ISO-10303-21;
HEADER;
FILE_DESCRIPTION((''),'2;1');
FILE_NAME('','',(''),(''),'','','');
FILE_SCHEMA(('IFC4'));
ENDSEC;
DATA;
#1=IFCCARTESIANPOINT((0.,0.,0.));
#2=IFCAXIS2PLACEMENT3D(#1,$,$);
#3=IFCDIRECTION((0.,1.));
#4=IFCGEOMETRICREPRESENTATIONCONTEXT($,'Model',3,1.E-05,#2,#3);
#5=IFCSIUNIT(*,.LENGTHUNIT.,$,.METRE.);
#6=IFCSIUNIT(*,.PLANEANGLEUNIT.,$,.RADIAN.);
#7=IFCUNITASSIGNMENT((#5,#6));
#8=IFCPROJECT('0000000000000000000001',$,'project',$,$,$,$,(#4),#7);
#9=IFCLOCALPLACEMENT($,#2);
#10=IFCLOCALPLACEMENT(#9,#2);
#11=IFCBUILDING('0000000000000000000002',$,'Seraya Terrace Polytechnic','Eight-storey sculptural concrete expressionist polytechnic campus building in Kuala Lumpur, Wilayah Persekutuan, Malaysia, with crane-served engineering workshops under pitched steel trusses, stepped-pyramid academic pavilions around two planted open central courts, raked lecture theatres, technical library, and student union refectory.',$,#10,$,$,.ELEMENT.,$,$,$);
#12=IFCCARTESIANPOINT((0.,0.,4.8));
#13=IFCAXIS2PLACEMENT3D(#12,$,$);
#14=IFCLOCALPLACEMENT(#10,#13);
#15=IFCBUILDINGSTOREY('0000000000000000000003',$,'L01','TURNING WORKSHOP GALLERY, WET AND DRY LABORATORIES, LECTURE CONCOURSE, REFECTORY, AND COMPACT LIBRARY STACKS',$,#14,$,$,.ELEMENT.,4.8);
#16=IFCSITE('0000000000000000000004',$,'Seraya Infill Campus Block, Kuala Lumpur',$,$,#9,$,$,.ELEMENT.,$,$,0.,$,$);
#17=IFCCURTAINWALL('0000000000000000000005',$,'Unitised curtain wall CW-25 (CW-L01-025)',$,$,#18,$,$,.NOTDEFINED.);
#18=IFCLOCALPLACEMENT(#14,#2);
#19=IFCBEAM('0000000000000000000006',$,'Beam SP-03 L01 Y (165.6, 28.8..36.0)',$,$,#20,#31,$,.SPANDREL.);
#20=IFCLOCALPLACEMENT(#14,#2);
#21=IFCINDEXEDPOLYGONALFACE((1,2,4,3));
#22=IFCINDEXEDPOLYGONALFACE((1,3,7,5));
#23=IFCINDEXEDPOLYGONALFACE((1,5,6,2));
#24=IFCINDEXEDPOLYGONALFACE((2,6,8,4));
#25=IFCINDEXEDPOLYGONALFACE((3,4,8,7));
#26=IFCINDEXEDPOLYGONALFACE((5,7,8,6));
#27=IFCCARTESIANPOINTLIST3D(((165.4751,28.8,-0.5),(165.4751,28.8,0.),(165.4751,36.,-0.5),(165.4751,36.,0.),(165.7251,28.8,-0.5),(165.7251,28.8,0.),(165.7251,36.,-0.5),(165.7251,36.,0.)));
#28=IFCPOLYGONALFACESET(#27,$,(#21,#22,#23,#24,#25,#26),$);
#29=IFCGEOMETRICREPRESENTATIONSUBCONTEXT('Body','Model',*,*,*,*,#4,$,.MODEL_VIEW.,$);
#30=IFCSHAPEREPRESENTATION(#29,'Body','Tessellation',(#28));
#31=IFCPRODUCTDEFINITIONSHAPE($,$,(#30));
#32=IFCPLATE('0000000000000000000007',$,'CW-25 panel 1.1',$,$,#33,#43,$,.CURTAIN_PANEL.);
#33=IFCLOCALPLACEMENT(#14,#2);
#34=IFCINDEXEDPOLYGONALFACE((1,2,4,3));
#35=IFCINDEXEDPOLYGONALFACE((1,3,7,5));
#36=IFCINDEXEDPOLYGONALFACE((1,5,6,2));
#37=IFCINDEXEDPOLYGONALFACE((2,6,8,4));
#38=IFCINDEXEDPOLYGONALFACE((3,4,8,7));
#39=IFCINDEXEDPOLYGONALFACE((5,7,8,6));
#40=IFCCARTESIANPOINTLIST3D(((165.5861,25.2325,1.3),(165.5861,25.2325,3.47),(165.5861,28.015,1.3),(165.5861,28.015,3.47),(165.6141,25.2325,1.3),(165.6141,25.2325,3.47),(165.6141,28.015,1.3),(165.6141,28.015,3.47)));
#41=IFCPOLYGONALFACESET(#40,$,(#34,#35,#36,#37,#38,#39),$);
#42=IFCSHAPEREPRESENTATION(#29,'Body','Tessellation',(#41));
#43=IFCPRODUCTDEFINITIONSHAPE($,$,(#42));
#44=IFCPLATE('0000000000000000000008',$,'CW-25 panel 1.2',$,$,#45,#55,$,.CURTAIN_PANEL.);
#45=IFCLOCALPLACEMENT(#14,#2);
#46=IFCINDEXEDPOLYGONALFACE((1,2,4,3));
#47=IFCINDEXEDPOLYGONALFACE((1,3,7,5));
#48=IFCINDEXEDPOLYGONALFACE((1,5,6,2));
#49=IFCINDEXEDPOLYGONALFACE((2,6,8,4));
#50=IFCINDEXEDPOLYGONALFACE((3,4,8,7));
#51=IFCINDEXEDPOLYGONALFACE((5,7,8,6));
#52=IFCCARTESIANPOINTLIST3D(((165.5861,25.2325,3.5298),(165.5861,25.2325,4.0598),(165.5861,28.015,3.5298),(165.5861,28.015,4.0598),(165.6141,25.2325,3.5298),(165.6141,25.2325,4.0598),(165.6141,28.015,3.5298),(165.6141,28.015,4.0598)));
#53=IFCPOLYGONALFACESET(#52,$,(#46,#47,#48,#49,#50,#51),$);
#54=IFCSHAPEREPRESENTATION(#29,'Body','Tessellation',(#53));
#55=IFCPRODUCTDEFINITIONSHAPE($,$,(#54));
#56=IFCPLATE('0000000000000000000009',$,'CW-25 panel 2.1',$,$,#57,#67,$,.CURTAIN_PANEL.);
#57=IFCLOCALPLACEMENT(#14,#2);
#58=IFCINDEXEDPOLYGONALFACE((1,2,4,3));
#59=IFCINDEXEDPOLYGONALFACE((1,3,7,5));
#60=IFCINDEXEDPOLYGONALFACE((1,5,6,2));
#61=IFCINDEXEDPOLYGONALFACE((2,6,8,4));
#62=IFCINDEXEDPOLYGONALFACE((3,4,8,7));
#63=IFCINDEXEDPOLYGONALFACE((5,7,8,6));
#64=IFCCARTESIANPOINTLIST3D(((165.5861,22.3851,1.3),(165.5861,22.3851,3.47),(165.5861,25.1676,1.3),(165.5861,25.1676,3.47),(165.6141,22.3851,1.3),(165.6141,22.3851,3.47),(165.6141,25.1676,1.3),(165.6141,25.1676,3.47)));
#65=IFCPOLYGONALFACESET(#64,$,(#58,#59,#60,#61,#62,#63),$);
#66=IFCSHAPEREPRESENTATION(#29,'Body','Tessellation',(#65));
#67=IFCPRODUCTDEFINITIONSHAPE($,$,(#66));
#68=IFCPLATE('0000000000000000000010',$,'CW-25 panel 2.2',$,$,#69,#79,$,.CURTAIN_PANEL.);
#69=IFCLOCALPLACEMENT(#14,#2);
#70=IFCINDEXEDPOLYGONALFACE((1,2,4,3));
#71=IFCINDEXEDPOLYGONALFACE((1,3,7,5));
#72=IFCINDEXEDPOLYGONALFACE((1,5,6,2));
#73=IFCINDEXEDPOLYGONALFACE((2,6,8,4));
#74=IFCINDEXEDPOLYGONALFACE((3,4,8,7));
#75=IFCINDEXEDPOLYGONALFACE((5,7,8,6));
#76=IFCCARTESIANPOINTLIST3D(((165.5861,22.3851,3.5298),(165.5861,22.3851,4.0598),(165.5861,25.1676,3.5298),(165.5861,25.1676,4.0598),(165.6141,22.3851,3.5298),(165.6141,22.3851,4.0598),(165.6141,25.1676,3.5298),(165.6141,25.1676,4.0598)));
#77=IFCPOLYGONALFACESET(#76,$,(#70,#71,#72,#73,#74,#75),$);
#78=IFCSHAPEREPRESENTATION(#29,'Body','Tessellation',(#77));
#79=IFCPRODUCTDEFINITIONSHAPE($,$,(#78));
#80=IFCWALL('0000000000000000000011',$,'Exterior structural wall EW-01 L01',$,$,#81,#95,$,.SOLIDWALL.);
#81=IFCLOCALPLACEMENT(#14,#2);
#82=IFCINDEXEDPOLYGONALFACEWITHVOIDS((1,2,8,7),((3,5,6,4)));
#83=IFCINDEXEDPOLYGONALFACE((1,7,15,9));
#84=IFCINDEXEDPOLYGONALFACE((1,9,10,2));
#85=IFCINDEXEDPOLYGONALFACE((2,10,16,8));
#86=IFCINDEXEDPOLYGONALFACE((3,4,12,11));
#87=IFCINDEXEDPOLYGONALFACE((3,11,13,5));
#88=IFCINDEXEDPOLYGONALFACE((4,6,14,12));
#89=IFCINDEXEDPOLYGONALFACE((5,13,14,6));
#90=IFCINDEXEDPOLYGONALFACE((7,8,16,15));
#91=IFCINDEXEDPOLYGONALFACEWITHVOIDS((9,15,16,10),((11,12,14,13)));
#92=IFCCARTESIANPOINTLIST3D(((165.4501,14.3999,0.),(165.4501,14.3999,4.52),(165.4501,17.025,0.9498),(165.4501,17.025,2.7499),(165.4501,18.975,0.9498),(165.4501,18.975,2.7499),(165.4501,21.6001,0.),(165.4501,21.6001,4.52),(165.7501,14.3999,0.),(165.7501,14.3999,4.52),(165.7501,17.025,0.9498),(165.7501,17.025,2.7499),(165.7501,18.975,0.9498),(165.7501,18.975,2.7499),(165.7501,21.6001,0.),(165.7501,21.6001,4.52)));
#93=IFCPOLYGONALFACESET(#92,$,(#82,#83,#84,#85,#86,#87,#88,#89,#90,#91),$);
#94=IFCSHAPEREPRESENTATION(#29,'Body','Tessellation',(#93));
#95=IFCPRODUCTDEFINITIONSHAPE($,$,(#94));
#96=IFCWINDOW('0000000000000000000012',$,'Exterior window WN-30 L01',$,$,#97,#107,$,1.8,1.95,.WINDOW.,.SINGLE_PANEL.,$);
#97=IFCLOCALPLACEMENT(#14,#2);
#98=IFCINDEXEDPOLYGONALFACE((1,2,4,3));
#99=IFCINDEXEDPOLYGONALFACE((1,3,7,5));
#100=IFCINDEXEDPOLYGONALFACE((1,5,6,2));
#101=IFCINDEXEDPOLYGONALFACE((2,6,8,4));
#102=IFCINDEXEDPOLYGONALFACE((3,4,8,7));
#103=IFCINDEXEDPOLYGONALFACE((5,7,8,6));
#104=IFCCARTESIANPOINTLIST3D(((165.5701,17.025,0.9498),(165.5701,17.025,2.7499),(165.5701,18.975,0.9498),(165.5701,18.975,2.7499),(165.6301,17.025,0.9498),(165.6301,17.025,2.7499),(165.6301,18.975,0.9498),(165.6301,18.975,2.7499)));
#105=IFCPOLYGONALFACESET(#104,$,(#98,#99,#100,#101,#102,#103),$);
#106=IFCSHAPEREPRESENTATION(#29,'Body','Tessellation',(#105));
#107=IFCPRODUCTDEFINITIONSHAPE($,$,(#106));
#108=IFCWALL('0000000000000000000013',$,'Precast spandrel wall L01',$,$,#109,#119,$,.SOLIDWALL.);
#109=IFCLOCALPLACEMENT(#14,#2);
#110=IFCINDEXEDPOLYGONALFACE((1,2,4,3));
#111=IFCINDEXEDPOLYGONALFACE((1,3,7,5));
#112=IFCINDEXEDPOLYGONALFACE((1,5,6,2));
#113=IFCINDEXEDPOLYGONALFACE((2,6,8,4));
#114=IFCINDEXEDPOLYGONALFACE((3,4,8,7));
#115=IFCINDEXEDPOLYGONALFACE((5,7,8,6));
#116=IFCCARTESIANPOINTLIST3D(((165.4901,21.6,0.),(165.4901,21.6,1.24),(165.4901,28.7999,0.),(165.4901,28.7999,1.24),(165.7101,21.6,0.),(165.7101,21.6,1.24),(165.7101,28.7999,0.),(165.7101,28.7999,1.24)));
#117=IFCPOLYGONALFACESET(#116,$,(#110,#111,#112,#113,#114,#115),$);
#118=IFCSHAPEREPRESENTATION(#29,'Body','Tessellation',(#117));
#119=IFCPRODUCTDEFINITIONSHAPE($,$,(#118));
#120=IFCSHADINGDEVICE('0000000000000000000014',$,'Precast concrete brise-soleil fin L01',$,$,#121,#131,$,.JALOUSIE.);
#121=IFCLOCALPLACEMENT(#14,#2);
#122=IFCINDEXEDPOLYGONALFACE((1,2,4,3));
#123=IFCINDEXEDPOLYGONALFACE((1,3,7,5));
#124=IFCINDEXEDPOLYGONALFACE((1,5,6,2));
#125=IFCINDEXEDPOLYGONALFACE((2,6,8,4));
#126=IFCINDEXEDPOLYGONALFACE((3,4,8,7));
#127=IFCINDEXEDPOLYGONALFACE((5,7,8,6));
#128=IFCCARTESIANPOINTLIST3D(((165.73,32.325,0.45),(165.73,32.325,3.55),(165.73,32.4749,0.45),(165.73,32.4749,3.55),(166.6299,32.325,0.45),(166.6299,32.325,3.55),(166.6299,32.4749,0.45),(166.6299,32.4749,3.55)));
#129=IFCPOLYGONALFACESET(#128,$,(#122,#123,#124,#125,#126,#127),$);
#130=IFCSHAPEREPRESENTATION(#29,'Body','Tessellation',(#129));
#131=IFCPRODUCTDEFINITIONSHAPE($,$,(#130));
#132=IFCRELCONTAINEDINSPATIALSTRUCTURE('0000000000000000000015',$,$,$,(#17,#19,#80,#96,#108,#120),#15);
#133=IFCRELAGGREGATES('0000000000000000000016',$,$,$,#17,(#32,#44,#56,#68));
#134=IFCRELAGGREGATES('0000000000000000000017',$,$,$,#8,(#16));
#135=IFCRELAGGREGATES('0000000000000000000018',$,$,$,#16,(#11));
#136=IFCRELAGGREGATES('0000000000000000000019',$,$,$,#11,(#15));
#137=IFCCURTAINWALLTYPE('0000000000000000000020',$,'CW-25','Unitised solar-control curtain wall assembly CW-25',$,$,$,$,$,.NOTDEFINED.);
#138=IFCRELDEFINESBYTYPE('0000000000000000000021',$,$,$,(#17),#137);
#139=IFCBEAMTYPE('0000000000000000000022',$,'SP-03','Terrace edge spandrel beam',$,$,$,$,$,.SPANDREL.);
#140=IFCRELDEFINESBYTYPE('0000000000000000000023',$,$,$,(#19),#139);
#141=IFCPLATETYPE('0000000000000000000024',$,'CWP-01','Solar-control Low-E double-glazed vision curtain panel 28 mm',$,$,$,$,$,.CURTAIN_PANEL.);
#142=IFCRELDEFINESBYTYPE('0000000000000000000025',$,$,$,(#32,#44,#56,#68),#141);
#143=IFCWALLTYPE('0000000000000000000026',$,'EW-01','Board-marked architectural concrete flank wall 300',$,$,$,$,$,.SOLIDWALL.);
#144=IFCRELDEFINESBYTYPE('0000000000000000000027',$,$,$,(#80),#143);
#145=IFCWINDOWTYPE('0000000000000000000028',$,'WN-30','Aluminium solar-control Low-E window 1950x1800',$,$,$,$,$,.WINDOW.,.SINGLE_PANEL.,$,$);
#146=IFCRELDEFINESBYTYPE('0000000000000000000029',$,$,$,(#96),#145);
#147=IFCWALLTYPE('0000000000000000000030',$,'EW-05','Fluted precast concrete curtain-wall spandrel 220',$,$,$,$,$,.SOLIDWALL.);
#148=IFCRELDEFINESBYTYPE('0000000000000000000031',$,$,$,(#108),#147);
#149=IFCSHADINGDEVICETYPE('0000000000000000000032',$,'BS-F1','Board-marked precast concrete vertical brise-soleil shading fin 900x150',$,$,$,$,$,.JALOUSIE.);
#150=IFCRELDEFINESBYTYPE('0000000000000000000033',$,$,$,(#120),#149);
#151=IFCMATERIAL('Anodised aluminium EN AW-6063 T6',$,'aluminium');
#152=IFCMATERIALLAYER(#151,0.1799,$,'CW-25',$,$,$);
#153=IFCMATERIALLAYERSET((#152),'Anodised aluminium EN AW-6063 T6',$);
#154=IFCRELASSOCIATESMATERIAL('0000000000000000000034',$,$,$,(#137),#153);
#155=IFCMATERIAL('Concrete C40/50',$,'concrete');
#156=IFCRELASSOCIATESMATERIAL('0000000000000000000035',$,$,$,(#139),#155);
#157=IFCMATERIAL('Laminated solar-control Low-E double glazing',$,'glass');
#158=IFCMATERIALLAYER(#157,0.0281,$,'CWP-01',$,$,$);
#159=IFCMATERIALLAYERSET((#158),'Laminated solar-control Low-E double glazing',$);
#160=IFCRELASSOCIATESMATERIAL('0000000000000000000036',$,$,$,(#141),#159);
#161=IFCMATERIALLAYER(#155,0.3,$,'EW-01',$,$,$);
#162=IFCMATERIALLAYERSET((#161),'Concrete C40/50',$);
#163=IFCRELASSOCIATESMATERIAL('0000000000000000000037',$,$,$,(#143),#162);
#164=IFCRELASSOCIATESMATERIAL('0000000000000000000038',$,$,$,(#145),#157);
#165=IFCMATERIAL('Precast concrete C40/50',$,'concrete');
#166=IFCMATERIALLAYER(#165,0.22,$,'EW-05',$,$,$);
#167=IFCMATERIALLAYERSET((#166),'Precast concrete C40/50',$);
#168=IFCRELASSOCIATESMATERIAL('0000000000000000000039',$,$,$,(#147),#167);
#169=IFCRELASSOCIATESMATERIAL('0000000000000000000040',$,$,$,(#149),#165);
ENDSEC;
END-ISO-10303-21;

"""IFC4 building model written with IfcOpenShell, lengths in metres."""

from ifc_helpers import new_model, si_unit, direction, frame, frame_2d, origin, origin_2d, place, context, subcontext, project, spatial, rectangle, extrude, material, layer, layer_set, material_profile, profile_set, type_object, element, fill, aggregate, save


model = new_model("IFC4")

# Units and contexts
model_context = context("Model", 3, precision=1e-05, world=origin(), true_north=direction((0.0, 1.0)))
body_context = subcontext(model_context, "Body", "Model", "MODEL_VIEW")
ifc_project = project(units=[si_unit("LENGTHUNIT", "METRE"), si_unit("PLANEANGLEUNIT", "RADIAN")], contexts=[model_context])

# Site, building, storey
site_placement = place(None, origin())
site = spatial("IfcSite", under=ifc_project, at=site_placement, Name="Seraya Infill Campus Block, Kuala Lumpur", CompositionType="ELEMENT", RefElevation=0.0)
building_placement = place(site_placement, origin())
building = spatial("IfcBuilding", under=site, at=building_placement, Name="Seraya Terrace Polytechnic", Description="Eight-storey sculptural concrete expressionist polytechnic campus building in Kuala Lumpur, Wilayah Persekutuan, Malaysia, with crane-served engineering workshops under pitched steel trusses, stepped-pyramid academic pavilions around two planted open central courts, raked lecture theatres, technical library, and student union refectory.", CompositionType="ELEMENT")
storey_placement = place(building_placement, frame((0.0, 0.0, 4.8)))
storey = spatial("IfcBuildingStorey", under=building, at=storey_placement, Name="L01", Description="TURNING WORKSHOP GALLERY, WET AND DRY LABORATORIES, LECTURE CONCOURSE, REFECTORY, AND COMPACT LIBRARY STACKS", CompositionType="ELEMENT", Elevation=4.8)

# Shared definitions
ifc_material_1 = material(Name="Concrete C40/50", Category="concrete")

# Curtain wall
ifc_material_2 = material(Name="Anodised aluminium EN AW-6063 T6", Category="aluminium")
ifc_layer_1 = layer(ifc_material_2, 0.1799, Name="CW-25")
ifc_layer_set_1 = layer_set([ifc_layer_1], Name="Anodised aluminium EN AW-6063 T6")
curtain_wall_type = type_object("IfcCurtainWallType", Name="CW-25", Description="Unitised solar-control curtain wall assembly CW-25", PredefinedType="NOTDEFINED", material=ifc_layer_set_1)
curtain_wall_placement = place(storey_placement, origin())
curtain_wall = element("IfcCurtainWall", 1, at=curtain_wall_placement, inside=storey, type_object=curtain_wall_type, Name="Unitised curtain wall CW-25 (CW-L01-025)", PredefinedType="NOTDEFINED")

# Beam
ifc_material_profile_1 = material_profile(ifc_material_1, rectangle(XDim=0.25, YDim=0.5, at=origin_2d()), Name="RC 250x500")
ifc_profile_set_1 = profile_set([ifc_material_profile_1], Name="Concrete C40/50")
beam_type = type_object("IfcBeamType", Name="SP-03", Description="Terrace edge spandrel beam", PredefinedType="SPANDREL", material=ifc_profile_set_1)
for number, where, z_axis, x_axis, name in (
    (2, (165.6001, 28.8, -0.25), (0.0, 1.0, 0.0), (-1.0, 0.0, 0.0), "Beam SP-03 L01 Y (165.6, 28.8..36.0)"),
):
    element("IfcBeam", number, at=place(storey_placement, frame(where, z_axis=z_axis, x_axis=x_axis)), inside=storey, type_object=beam_type, Name=name, PredefinedType="SPANDREL", context=body_context, shape_type="SweptSolid", body=[
        extrude(rectangle(XDim=0.25, YDim=0.5, at=origin_2d()), origin(), (0.0, 0.0, 1.0), 7.2),
    ])

# Plates
ifc_material_3 = material(Name="Laminated solar-control Low-E double glazing", Category="glass")
ifc_layer_2 = layer(ifc_material_3, 0.0281, Name="CWP-01")
ifc_layer_set_2 = layer_set([ifc_layer_2], Name="Laminated solar-control Low-E double glazing")
plate_type = type_object("IfcPlateType", Name="CWP-01", Description="Solar-control Low-E double-glazed vision curtain panel 28 mm", PredefinedType="CURTAIN_PANEL", material=ifc_layer_set_2)
plate_1_placement = place(storey_placement, frame((165.6001, 26.6238, 1.3), z_axis=(0.0, 0.0, 1.0), x_axis=(0.0, -1.0, 0.0)))
plate_1 = element("IfcPlate", 3, at=plate_1_placement, type_object=plate_type, Name="CW-25 panel 1.1", PredefinedType="CURTAIN_PANEL", context=body_context, shape_type="SweptSolid", body=[
    extrude(rectangle(XDim=2.7825, YDim=0.0281, at=origin_2d()), origin(), (0.0, 0.0, 1.0), 2.1699),
])
plate_2_placement = place(storey_placement, frame((165.6001, 26.6238, 3.5298), z_axis=(0.0, 0.0, 1.0), x_axis=(0.0, -1.0, 0.0)))
plate_2 = element("IfcPlate", 4, at=plate_2_placement, type_object=plate_type, Name="CW-25 panel 1.2", PredefinedType="CURTAIN_PANEL", context=body_context, shape_type="SweptSolid", body=[
    extrude(rectangle(XDim=2.7825, YDim=0.0281, at=origin_2d()), origin(), (0.0, 0.0, 1.0), 0.53),
])
plate_3_placement = place(storey_placement, frame((165.6001, 23.7764, 1.3), z_axis=(0.0, 0.0, 1.0), x_axis=(0.0, -1.0, 0.0)))
plate_3 = element("IfcPlate", 5, at=plate_3_placement, type_object=plate_type, Name="CW-25 panel 2.1", PredefinedType="CURTAIN_PANEL", context=body_context, shape_type="SweptSolid", body=[
    extrude(rectangle(XDim=2.7825, YDim=0.0281, at=origin_2d()), origin(), (0.0, 0.0, 1.0), 2.1699),
])
plate_4_placement = place(storey_placement, frame((165.6001, 23.7764, 3.5298), z_axis=(0.0, 0.0, 1.0), x_axis=(0.0, -1.0, 0.0)))
plate_4 = element("IfcPlate", 6, at=plate_4_placement, type_object=plate_type, Name="CW-25 panel 2.2", PredefinedType="CURTAIN_PANEL", context=body_context, shape_type="SweptSolid", body=[
    extrude(rectangle(XDim=2.7825, YDim=0.0281, at=origin_2d()), origin(), (0.0, 0.0, 1.0), 0.53),
])
aggregate(curtain_wall, [plate_1, plate_2, plate_3, plate_4])

# Wall, opening, window
ifc_layer_3 = layer(ifc_material_1, 0.3, Name="EW-01")
ifc_layer_set_3 = layer_set([ifc_layer_3], Name="Concrete C40/50")
wall_type_1 = type_object("IfcWallType", Name="EW-01", Description="Board-marked architectural concrete flank wall 300", PredefinedType="SOLIDWALL", material=ifc_layer_set_3)
wall_1_placement = place(storey_placement, frame((165.6001, 21.6001, 0.0), z_axis=(0.0, 0.0, 1.0), x_axis=(0.0, -1.0, 0.0)))
wall_1 = element("IfcWall", 7, at=wall_1_placement, inside=storey, type_object=wall_type_1, Name="Exterior structural wall EW-01 L01", PredefinedType="SOLIDWALL", context=body_context, shape_type="SweptSolid", body=[
    extrude(rectangle(XDim=7.2002, YDim=0.3, at=frame_2d((3.6001, 0.0))), origin(), (0.0, 0.0, 1.0), 4.52),
])
opening_placement = place(wall_1_placement, frame((2.625, 0.0, 0.95)))
opening = element("IfcOpeningElement", 8, at=opening_placement, cuts=wall_1, PredefinedType="OPENING", context=body_context, shape_type="SweptSolid", body=[
    extrude(rectangle(XDim=1.95, YDim=1.8, at=frame_2d((0.9751, 0.8999))), frame((0.0, 0.1621, 0.0), z_axis=(0.0, -1.0, 0.0), x_axis=(1.0, 0.0, 0.0)), (0.0, 0.0, 1.0), 0.324),
])
window_type = type_object("IfcWindowType", Name="WN-30", Description="Aluminium solar-control Low-E window 1950x1800", PartitioningType="SINGLE_PANEL", PredefinedType="WINDOW", material=ifc_material_3)
window_placement = place(opening_placement, origin())
window = element("IfcWindow", 9, at=window_placement, inside=storey, type_object=window_type, Name="Exterior window WN-30 L01", OverallHeight=1.8, OverallWidth=1.95, PartitioningType="SINGLE_PANEL", PredefinedType="WINDOW", context=body_context, shape_type="SweptSolid", body=[
    extrude(rectangle(XDim=1.95, YDim=1.8, at=frame_2d((0.9751, 0.8999))), frame((0.0, 0.03, 0.0), z_axis=(0.0, -1.0, 0.0), x_axis=(1.0, 0.0, 0.0)), (0.0, 0.0, 1.0), 0.0601),
])
fill(opening, window)

# Wall
ifc_material_4 = material(Name="Precast concrete C40/50", Category="concrete")
ifc_layer_4 = layer(ifc_material_4, 0.22, Name="EW-05")
ifc_layer_set_4 = layer_set([ifc_layer_4], Name="Precast concrete C40/50")
wall_type_2 = type_object("IfcWallType", Name="EW-05", Description="Fluted precast concrete curtain-wall spandrel 220", PredefinedType="SOLIDWALL", material=ifc_layer_set_4)
wall_2_placement = place(storey_placement, frame((165.6001, 28.8, 0.0), z_axis=(0.0, 0.0, 1.0), x_axis=(0.0, -1.0, 0.0)))
element("IfcWall", 10, at=wall_2_placement, inside=storey, type_object=wall_type_2, Name="Precast spandrel wall L01", PredefinedType="SOLIDWALL", context=body_context, shape_type="SweptSolid", body=[
    extrude(rectangle(XDim=7.2, YDim=0.22, at=frame_2d((3.6001, 0.0))), origin(), (0.0, 0.0, 1.0), 1.24),
])

# Shading device
shading_device_type = type_object("IfcShadingDeviceType", Name="BS-F1", Description="Board-marked precast concrete vertical brise-soleil shading fin 900x150", PredefinedType="JALOUSIE", material=ifc_material_4)
shading_device_placement = place(storey_placement, frame((166.1799, 32.3999, 0.45), z_axis=(0.0, 0.0, 1.0), x_axis=(1.0, 0.0, 0.0)))
element("IfcShadingDevice", 11, at=shading_device_placement, inside=storey, type_object=shading_device_type, Name="Precast concrete brise-soleil fin L01", PredefinedType="JALOUSIE", context=body_context, shape_type="SweptSolid", body=[
    extrude(rectangle(XDim=0.8999, YDim=0.1499, at=origin_2d()), origin(), (0.0, 0.0, 1.0), 3.1001),
])

save(model, "model.ifc")
